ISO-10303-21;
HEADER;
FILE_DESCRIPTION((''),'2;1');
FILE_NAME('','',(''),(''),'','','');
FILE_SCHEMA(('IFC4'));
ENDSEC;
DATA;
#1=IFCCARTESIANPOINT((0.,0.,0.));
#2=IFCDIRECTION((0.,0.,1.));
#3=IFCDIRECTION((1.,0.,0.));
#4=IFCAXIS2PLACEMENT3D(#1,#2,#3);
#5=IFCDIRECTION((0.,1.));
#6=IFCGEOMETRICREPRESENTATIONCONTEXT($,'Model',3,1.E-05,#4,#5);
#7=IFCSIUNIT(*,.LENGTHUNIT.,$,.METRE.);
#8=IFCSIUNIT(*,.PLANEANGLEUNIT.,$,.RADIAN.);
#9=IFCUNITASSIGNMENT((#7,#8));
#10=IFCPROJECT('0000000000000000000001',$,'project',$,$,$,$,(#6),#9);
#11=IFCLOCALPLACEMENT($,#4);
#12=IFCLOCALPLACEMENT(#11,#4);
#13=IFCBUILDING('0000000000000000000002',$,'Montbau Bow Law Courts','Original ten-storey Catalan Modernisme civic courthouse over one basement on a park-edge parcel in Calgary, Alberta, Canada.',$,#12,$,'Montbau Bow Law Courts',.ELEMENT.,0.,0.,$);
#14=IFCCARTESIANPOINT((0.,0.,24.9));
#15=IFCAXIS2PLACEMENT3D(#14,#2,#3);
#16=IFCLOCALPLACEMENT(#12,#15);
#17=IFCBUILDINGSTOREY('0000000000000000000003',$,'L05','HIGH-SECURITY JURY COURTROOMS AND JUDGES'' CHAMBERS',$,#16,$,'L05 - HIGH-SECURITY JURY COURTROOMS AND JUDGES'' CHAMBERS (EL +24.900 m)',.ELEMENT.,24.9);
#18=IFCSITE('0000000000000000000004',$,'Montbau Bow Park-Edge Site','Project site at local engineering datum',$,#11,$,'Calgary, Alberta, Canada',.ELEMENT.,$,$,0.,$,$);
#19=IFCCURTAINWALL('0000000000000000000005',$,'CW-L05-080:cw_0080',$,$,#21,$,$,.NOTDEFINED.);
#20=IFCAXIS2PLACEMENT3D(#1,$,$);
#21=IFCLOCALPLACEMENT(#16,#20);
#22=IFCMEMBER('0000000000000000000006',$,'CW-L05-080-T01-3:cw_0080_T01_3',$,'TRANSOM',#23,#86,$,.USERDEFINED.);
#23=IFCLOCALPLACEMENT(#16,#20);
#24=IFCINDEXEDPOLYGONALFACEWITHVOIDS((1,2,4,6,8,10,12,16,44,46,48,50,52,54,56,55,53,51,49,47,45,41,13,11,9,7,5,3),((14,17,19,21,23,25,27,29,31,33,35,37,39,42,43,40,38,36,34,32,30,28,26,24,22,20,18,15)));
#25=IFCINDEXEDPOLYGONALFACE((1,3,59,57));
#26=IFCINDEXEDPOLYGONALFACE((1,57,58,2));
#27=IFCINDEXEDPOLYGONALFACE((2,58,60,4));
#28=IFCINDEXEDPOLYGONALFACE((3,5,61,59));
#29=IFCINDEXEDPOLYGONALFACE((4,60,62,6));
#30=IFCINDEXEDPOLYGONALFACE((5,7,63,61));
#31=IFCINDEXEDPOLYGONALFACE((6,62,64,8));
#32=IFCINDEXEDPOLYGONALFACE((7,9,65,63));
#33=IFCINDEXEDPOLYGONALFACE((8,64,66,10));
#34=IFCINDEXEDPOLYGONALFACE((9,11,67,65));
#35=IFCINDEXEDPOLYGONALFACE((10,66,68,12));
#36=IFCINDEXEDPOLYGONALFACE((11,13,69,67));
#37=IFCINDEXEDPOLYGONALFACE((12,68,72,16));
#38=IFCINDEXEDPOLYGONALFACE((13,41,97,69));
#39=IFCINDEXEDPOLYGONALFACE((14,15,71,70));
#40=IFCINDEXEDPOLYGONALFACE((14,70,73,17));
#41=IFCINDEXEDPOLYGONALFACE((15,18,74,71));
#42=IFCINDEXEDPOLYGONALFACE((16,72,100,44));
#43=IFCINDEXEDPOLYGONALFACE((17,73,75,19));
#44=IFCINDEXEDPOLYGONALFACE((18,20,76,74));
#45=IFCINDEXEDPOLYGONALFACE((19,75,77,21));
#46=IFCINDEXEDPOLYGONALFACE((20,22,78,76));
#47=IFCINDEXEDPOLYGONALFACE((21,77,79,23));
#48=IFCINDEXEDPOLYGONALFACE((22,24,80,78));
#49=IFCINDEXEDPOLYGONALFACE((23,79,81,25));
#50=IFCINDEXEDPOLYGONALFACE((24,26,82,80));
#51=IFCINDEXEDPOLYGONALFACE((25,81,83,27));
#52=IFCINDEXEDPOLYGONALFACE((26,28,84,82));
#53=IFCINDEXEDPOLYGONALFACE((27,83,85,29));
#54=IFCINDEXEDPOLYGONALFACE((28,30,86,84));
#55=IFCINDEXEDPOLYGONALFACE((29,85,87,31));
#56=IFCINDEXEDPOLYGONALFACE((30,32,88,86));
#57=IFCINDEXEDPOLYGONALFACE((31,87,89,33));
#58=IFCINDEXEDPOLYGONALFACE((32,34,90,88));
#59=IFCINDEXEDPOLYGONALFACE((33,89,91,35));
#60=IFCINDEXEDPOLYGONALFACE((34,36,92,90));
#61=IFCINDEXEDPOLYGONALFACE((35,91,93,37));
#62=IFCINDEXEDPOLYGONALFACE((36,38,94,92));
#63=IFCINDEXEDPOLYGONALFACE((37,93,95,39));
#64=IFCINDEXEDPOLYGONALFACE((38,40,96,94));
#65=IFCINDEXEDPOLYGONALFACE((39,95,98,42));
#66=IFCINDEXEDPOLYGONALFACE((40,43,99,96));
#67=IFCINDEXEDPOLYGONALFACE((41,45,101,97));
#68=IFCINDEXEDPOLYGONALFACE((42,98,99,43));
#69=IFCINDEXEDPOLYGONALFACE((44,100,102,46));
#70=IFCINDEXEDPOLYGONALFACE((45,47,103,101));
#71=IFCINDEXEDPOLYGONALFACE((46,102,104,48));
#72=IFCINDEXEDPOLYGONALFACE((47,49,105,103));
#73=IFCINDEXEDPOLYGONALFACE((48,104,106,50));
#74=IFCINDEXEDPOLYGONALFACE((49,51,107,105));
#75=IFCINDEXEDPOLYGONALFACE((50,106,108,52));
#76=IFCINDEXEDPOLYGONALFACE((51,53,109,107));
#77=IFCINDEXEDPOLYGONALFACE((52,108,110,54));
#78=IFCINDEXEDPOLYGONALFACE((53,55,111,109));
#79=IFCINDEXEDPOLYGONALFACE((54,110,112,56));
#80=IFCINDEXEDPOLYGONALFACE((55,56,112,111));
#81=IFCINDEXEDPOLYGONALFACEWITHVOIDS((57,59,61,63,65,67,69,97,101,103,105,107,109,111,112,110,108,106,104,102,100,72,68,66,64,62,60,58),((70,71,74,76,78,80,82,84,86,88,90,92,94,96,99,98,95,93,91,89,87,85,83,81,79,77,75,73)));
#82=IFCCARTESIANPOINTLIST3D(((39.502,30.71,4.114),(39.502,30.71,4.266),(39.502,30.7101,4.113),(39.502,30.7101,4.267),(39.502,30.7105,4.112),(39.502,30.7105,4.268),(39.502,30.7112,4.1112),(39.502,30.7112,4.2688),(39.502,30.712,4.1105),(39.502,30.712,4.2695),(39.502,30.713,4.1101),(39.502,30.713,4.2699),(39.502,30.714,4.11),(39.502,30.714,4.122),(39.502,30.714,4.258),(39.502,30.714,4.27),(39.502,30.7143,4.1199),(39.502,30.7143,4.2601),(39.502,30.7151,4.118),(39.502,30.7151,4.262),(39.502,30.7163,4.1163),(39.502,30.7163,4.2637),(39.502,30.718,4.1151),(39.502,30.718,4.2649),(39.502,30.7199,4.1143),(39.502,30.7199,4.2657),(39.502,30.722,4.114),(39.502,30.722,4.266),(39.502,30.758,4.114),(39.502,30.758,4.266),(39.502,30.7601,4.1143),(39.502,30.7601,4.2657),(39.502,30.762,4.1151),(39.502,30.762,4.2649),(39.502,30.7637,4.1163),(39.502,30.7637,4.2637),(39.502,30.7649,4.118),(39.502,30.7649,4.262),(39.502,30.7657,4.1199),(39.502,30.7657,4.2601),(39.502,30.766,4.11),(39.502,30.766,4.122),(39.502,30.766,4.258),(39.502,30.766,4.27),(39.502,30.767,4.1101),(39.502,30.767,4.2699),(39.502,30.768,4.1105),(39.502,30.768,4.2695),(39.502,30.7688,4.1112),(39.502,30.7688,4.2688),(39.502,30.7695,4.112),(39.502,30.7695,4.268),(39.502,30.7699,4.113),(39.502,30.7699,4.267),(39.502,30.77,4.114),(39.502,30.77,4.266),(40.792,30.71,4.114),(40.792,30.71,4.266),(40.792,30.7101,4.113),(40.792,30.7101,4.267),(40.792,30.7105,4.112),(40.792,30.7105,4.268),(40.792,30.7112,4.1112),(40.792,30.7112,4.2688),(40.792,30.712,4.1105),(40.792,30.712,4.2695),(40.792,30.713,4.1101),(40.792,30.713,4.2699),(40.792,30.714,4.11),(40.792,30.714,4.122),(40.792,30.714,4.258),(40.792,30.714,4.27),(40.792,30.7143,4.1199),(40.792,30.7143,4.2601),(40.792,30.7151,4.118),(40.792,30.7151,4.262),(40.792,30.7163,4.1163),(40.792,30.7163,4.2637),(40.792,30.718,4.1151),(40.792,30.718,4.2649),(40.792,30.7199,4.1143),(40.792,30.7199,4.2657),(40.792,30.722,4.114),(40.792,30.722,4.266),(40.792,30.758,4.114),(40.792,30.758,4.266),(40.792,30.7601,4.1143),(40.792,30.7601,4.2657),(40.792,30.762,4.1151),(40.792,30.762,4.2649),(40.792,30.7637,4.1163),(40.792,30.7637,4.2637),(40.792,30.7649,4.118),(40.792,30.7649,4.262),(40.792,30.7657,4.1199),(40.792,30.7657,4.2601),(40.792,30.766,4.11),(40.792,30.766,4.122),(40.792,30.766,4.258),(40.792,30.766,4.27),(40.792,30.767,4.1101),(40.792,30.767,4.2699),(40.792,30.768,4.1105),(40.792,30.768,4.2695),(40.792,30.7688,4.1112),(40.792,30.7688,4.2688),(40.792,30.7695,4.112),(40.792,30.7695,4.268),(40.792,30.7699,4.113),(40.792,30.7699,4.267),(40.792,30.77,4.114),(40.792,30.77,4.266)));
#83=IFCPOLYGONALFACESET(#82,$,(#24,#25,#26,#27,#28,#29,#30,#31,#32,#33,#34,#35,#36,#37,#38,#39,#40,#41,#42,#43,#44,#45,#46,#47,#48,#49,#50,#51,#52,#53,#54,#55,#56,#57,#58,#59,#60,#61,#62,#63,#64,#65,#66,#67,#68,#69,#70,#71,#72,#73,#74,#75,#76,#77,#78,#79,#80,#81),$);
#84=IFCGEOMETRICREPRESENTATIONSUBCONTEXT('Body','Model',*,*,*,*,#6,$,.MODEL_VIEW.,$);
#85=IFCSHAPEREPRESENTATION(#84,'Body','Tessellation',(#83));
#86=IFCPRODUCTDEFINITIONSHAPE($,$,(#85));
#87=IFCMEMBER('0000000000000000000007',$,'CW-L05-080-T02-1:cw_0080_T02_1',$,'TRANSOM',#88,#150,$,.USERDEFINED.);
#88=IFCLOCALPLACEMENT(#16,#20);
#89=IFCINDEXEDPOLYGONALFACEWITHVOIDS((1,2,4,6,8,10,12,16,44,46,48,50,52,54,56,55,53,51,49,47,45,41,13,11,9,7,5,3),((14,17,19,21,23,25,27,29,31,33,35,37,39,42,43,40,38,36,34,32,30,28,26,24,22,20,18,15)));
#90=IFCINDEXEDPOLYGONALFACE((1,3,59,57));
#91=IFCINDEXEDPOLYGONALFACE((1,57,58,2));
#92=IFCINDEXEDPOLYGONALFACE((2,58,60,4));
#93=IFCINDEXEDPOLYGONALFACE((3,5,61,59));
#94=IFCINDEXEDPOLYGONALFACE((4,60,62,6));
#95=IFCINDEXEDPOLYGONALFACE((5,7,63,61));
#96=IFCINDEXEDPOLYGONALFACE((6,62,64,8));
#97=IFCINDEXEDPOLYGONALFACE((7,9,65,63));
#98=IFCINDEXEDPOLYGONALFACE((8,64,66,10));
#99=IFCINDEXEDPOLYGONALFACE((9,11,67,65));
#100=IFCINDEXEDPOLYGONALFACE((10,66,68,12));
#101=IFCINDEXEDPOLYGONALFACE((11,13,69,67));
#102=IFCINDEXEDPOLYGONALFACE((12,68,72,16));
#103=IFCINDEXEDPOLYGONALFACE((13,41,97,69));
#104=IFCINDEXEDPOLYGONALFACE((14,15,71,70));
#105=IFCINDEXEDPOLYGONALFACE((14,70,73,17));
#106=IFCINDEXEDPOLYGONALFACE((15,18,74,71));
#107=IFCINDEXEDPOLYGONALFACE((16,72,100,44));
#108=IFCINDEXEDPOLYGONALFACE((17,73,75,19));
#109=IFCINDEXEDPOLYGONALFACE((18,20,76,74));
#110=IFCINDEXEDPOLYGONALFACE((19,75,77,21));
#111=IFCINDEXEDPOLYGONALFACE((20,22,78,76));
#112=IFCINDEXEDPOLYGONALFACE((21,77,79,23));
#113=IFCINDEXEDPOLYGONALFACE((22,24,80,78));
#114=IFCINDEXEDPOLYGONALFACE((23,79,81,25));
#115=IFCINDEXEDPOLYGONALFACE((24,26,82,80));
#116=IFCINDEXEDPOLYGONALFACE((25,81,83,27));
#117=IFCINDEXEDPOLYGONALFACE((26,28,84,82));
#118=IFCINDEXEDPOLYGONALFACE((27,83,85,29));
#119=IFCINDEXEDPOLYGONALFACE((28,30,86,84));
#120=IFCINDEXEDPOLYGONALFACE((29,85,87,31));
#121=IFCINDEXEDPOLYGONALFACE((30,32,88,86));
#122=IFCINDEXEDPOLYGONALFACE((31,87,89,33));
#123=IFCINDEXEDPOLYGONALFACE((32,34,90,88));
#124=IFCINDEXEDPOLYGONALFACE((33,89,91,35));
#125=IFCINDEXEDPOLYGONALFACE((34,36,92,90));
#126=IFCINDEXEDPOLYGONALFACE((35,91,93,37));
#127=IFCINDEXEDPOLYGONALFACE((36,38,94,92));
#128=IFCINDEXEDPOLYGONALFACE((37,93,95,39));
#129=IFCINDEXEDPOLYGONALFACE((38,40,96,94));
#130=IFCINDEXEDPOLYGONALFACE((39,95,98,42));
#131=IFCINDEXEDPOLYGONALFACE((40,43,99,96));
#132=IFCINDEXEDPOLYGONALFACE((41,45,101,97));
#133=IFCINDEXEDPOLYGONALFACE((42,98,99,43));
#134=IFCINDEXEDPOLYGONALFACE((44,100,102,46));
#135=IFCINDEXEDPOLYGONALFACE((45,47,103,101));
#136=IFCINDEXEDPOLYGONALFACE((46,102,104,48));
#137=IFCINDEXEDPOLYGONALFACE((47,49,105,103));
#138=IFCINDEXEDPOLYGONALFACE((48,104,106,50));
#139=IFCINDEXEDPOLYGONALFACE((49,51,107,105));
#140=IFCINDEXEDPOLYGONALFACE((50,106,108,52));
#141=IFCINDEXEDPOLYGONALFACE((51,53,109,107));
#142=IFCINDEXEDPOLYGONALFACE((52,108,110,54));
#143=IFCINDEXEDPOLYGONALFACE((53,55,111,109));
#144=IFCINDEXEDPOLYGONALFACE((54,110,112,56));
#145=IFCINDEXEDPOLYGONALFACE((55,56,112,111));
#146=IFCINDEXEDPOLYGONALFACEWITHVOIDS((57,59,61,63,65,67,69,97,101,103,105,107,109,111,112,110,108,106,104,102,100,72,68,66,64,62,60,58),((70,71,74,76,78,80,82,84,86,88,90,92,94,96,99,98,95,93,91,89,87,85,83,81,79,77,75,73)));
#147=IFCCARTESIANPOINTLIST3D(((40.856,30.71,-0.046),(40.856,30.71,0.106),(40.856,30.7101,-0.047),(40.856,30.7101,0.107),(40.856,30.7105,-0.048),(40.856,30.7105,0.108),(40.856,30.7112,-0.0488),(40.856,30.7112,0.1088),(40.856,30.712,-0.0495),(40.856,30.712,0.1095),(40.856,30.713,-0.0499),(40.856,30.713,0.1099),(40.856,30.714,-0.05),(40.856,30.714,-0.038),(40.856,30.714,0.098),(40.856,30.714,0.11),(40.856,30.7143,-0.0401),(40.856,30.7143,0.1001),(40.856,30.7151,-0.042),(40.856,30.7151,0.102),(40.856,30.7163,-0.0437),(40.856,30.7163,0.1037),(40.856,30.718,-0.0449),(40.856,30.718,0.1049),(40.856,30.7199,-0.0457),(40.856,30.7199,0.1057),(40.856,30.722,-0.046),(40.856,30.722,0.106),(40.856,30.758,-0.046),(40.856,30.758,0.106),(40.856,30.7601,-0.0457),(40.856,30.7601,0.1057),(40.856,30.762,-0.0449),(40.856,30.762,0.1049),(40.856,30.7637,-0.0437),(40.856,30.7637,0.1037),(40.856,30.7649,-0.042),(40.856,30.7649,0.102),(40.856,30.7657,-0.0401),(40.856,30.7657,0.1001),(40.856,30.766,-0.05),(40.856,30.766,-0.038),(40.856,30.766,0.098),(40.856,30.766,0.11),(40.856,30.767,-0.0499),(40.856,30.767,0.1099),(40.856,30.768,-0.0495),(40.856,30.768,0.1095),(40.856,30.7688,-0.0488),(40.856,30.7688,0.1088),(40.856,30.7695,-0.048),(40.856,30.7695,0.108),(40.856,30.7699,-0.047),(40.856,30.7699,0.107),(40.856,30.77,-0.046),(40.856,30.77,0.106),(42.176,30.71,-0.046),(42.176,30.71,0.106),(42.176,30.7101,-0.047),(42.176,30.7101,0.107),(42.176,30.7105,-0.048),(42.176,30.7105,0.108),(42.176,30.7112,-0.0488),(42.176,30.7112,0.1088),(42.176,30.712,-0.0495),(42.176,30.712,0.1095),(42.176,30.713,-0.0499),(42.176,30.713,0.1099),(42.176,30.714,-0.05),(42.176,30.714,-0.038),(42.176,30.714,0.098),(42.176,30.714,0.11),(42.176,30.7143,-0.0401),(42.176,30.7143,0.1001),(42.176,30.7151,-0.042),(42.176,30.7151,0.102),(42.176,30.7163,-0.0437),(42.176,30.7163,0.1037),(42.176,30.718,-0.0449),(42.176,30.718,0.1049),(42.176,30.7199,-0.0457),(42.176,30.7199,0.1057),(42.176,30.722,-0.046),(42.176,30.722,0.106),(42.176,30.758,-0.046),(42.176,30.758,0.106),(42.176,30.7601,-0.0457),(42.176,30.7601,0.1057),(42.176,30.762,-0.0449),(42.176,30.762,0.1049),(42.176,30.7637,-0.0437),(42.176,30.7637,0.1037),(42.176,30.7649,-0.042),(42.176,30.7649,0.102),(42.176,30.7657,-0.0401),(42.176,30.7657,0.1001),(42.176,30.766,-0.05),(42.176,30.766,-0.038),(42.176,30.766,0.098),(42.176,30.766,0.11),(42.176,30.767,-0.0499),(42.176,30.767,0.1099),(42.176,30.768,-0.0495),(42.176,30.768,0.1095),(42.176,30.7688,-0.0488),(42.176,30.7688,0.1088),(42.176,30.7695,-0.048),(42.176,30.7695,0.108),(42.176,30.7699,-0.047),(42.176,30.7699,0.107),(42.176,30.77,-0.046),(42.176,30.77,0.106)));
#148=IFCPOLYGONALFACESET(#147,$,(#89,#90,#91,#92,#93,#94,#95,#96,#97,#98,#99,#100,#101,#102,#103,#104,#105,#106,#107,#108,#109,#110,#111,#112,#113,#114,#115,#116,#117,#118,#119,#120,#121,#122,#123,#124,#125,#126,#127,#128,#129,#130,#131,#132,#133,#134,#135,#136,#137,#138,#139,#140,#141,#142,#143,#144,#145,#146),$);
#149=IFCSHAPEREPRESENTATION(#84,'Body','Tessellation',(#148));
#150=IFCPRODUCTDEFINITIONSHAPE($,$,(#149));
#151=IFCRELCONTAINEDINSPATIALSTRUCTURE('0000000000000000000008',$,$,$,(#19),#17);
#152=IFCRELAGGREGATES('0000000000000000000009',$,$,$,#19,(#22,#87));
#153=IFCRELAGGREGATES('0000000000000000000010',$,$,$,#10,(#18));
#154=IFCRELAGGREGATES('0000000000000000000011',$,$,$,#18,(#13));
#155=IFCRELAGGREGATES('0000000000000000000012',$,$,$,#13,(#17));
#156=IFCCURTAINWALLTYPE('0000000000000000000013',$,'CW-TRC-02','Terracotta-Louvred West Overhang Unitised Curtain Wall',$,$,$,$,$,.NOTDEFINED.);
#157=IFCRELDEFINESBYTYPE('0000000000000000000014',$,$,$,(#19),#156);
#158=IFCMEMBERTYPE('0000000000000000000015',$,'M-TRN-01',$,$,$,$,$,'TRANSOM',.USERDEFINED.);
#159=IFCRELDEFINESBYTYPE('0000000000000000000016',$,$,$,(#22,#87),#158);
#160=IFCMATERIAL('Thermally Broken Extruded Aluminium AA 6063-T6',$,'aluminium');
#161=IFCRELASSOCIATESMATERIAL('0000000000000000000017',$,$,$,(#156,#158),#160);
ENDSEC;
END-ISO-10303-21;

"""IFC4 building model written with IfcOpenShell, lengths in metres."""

from ifc_helpers import new_model, si_unit, direction, frame, origin_with_axes, origin_2d_with_axis, place, context, subcontext, project, spatial, hollow_rectangle, extrude, material, material_profile, profile_set, type_object, element, aggregate, save


model = new_model("IFC4")

# Units and contexts
model_context = context("Model", 3, precision=1e-05, world=origin_with_axes(), true_north=direction((0.0, 1.0)))
body_context = subcontext(model_context, "Body", "Model", "MODEL_VIEW")
ifc_project = project(units=[si_unit("LENGTHUNIT", "METRE"), si_unit("PLANEANGLEUNIT", "RADIAN")], contexts=[model_context])

# Site, building, storey
site_placement = place(None, origin_with_axes())
site = spatial("IfcSite", under=ifc_project, at=site_placement, Name="Montbau Bow Park-Edge Site", Description="Project site at local engineering datum", LongName="Calgary, Alberta, Canada", CompositionType="ELEMENT", RefElevation=0.0)
building_placement = place(site_placement, origin_with_axes())
building = spatial("IfcBuilding", under=site, at=building_placement, Name="Montbau Bow Law Courts", Description="Original ten-storey Catalan Modernisme civic courthouse over one basement on a park-edge parcel in Calgary, Alberta, Canada.", LongName="Montbau Bow Law Courts", CompositionType="ELEMENT", ElevationOfRefHeight=0.0, ElevationOfTerrain=0.0)
storey_placement = place(building_placement, frame((0.0, 0.0, 24.9), z_axis=(0.0, 0.0, 1.0), x_axis=(1.0, 0.0, 0.0)))
storey = spatial("IfcBuildingStorey", under=building, at=storey_placement, Name="L05", Description="HIGH-SECURITY JURY COURTROOMS AND JUDGES' CHAMBERS", LongName="L05 - HIGH-SECURITY JURY COURTROOMS AND JUDGES' CHAMBERS (EL +24.900 m)", CompositionType="ELEMENT", Elevation=24.9)

# Curtain wall, members
ifc_material_1 = material(Name="Thermally Broken Extruded Aluminium AA 6063-T6", Category="aluminium")
curtain_wall_type = type_object("IfcCurtainWallType", Name="CW-TRC-02", Description="Terracotta-Louvred West Overhang Unitised Curtain Wall", PredefinedType="NOTDEFINED", material=ifc_material_1)
curtain_wall_placement = place(None, frame((39.44, 30.74, 24.9), z_axis=(0.0, 0.0, 1.0), x_axis=(1.0, 0.0, 0.0)))
curtain_wall = element("IfcCurtainWall", 1, at=curtain_wall_placement, inside=storey, type_object=curtain_wall_type, Name="CW-L05-080:cw_0080", PredefinedType="NOTDEFINED")
ifc_material_profile_1 = material_profile(ifc_material_1, hollow_rectangle(XDim=0.06, YDim=0.16, WallThickness=0.004, InnerFilletRadius=0.008, OuterFilletRadius=0.004, at=origin_2d_with_axis()), Name="CWT-160X60", Category="Main", Priority=0)
ifc_profile_set_1 = profile_set([ifc_material_profile_1], Name="Thermally Broken Extruded Aluminium AA 6063-T6")
member_type_1 = type_object("IfcMemberType", Name="M-TRN-01", ElementType="TRANSOM", PredefinedType="USERDEFINED", material=ifc_profile_set_1)
member_1_placement = place(None, frame((39.502, 30.74, 29.09), z_axis=(1.0, 0.0, 0.0), x_axis=(0.0, 1.0, 0.0)))
member_1 = element("IfcMember", 2, at=member_1_placement, type_object=member_type_1, Name="CW-L05-080-T01-3:cw_0080_T01_3", ObjectType="TRANSOM", PredefinedType="USERDEFINED", context=body_context, shape_type="SweptSolid", body=[
    extrude(hollow_rectangle(XDim=0.06, YDim=0.16, WallThickness=0.004, InnerFilletRadius=0.008, OuterFilletRadius=0.004, at=origin_2d_with_axis()), origin_with_axes(), (0.0, 0.0, 1.0), 1.29),
])
member_2_placement = place(None, frame((40.856, 30.74, 24.93), z_axis=(1.0, 0.0, 0.0), x_axis=(0.0, 1.0, 0.0)))
member_2 = element("IfcMember", 3, at=member_2_placement, type_object=member_type_1, Name="CW-L05-080-T02-1:cw_0080_T02_1", ObjectType="TRANSOM", PredefinedType="USERDEFINED", context=body_context, shape_type="SweptSolid", body=[
    extrude(hollow_rectangle(XDim=0.06, YDim=0.16, WallThickness=0.004, InnerFilletRadius=0.008, OuterFilletRadius=0.004, at=origin_2d_with_axis()), origin_with_axes(), (0.0, 0.0, 1.0), 1.32),
])
aggregate(curtain_wall, [member_1, member_2])

save(model, "model.ifc")
